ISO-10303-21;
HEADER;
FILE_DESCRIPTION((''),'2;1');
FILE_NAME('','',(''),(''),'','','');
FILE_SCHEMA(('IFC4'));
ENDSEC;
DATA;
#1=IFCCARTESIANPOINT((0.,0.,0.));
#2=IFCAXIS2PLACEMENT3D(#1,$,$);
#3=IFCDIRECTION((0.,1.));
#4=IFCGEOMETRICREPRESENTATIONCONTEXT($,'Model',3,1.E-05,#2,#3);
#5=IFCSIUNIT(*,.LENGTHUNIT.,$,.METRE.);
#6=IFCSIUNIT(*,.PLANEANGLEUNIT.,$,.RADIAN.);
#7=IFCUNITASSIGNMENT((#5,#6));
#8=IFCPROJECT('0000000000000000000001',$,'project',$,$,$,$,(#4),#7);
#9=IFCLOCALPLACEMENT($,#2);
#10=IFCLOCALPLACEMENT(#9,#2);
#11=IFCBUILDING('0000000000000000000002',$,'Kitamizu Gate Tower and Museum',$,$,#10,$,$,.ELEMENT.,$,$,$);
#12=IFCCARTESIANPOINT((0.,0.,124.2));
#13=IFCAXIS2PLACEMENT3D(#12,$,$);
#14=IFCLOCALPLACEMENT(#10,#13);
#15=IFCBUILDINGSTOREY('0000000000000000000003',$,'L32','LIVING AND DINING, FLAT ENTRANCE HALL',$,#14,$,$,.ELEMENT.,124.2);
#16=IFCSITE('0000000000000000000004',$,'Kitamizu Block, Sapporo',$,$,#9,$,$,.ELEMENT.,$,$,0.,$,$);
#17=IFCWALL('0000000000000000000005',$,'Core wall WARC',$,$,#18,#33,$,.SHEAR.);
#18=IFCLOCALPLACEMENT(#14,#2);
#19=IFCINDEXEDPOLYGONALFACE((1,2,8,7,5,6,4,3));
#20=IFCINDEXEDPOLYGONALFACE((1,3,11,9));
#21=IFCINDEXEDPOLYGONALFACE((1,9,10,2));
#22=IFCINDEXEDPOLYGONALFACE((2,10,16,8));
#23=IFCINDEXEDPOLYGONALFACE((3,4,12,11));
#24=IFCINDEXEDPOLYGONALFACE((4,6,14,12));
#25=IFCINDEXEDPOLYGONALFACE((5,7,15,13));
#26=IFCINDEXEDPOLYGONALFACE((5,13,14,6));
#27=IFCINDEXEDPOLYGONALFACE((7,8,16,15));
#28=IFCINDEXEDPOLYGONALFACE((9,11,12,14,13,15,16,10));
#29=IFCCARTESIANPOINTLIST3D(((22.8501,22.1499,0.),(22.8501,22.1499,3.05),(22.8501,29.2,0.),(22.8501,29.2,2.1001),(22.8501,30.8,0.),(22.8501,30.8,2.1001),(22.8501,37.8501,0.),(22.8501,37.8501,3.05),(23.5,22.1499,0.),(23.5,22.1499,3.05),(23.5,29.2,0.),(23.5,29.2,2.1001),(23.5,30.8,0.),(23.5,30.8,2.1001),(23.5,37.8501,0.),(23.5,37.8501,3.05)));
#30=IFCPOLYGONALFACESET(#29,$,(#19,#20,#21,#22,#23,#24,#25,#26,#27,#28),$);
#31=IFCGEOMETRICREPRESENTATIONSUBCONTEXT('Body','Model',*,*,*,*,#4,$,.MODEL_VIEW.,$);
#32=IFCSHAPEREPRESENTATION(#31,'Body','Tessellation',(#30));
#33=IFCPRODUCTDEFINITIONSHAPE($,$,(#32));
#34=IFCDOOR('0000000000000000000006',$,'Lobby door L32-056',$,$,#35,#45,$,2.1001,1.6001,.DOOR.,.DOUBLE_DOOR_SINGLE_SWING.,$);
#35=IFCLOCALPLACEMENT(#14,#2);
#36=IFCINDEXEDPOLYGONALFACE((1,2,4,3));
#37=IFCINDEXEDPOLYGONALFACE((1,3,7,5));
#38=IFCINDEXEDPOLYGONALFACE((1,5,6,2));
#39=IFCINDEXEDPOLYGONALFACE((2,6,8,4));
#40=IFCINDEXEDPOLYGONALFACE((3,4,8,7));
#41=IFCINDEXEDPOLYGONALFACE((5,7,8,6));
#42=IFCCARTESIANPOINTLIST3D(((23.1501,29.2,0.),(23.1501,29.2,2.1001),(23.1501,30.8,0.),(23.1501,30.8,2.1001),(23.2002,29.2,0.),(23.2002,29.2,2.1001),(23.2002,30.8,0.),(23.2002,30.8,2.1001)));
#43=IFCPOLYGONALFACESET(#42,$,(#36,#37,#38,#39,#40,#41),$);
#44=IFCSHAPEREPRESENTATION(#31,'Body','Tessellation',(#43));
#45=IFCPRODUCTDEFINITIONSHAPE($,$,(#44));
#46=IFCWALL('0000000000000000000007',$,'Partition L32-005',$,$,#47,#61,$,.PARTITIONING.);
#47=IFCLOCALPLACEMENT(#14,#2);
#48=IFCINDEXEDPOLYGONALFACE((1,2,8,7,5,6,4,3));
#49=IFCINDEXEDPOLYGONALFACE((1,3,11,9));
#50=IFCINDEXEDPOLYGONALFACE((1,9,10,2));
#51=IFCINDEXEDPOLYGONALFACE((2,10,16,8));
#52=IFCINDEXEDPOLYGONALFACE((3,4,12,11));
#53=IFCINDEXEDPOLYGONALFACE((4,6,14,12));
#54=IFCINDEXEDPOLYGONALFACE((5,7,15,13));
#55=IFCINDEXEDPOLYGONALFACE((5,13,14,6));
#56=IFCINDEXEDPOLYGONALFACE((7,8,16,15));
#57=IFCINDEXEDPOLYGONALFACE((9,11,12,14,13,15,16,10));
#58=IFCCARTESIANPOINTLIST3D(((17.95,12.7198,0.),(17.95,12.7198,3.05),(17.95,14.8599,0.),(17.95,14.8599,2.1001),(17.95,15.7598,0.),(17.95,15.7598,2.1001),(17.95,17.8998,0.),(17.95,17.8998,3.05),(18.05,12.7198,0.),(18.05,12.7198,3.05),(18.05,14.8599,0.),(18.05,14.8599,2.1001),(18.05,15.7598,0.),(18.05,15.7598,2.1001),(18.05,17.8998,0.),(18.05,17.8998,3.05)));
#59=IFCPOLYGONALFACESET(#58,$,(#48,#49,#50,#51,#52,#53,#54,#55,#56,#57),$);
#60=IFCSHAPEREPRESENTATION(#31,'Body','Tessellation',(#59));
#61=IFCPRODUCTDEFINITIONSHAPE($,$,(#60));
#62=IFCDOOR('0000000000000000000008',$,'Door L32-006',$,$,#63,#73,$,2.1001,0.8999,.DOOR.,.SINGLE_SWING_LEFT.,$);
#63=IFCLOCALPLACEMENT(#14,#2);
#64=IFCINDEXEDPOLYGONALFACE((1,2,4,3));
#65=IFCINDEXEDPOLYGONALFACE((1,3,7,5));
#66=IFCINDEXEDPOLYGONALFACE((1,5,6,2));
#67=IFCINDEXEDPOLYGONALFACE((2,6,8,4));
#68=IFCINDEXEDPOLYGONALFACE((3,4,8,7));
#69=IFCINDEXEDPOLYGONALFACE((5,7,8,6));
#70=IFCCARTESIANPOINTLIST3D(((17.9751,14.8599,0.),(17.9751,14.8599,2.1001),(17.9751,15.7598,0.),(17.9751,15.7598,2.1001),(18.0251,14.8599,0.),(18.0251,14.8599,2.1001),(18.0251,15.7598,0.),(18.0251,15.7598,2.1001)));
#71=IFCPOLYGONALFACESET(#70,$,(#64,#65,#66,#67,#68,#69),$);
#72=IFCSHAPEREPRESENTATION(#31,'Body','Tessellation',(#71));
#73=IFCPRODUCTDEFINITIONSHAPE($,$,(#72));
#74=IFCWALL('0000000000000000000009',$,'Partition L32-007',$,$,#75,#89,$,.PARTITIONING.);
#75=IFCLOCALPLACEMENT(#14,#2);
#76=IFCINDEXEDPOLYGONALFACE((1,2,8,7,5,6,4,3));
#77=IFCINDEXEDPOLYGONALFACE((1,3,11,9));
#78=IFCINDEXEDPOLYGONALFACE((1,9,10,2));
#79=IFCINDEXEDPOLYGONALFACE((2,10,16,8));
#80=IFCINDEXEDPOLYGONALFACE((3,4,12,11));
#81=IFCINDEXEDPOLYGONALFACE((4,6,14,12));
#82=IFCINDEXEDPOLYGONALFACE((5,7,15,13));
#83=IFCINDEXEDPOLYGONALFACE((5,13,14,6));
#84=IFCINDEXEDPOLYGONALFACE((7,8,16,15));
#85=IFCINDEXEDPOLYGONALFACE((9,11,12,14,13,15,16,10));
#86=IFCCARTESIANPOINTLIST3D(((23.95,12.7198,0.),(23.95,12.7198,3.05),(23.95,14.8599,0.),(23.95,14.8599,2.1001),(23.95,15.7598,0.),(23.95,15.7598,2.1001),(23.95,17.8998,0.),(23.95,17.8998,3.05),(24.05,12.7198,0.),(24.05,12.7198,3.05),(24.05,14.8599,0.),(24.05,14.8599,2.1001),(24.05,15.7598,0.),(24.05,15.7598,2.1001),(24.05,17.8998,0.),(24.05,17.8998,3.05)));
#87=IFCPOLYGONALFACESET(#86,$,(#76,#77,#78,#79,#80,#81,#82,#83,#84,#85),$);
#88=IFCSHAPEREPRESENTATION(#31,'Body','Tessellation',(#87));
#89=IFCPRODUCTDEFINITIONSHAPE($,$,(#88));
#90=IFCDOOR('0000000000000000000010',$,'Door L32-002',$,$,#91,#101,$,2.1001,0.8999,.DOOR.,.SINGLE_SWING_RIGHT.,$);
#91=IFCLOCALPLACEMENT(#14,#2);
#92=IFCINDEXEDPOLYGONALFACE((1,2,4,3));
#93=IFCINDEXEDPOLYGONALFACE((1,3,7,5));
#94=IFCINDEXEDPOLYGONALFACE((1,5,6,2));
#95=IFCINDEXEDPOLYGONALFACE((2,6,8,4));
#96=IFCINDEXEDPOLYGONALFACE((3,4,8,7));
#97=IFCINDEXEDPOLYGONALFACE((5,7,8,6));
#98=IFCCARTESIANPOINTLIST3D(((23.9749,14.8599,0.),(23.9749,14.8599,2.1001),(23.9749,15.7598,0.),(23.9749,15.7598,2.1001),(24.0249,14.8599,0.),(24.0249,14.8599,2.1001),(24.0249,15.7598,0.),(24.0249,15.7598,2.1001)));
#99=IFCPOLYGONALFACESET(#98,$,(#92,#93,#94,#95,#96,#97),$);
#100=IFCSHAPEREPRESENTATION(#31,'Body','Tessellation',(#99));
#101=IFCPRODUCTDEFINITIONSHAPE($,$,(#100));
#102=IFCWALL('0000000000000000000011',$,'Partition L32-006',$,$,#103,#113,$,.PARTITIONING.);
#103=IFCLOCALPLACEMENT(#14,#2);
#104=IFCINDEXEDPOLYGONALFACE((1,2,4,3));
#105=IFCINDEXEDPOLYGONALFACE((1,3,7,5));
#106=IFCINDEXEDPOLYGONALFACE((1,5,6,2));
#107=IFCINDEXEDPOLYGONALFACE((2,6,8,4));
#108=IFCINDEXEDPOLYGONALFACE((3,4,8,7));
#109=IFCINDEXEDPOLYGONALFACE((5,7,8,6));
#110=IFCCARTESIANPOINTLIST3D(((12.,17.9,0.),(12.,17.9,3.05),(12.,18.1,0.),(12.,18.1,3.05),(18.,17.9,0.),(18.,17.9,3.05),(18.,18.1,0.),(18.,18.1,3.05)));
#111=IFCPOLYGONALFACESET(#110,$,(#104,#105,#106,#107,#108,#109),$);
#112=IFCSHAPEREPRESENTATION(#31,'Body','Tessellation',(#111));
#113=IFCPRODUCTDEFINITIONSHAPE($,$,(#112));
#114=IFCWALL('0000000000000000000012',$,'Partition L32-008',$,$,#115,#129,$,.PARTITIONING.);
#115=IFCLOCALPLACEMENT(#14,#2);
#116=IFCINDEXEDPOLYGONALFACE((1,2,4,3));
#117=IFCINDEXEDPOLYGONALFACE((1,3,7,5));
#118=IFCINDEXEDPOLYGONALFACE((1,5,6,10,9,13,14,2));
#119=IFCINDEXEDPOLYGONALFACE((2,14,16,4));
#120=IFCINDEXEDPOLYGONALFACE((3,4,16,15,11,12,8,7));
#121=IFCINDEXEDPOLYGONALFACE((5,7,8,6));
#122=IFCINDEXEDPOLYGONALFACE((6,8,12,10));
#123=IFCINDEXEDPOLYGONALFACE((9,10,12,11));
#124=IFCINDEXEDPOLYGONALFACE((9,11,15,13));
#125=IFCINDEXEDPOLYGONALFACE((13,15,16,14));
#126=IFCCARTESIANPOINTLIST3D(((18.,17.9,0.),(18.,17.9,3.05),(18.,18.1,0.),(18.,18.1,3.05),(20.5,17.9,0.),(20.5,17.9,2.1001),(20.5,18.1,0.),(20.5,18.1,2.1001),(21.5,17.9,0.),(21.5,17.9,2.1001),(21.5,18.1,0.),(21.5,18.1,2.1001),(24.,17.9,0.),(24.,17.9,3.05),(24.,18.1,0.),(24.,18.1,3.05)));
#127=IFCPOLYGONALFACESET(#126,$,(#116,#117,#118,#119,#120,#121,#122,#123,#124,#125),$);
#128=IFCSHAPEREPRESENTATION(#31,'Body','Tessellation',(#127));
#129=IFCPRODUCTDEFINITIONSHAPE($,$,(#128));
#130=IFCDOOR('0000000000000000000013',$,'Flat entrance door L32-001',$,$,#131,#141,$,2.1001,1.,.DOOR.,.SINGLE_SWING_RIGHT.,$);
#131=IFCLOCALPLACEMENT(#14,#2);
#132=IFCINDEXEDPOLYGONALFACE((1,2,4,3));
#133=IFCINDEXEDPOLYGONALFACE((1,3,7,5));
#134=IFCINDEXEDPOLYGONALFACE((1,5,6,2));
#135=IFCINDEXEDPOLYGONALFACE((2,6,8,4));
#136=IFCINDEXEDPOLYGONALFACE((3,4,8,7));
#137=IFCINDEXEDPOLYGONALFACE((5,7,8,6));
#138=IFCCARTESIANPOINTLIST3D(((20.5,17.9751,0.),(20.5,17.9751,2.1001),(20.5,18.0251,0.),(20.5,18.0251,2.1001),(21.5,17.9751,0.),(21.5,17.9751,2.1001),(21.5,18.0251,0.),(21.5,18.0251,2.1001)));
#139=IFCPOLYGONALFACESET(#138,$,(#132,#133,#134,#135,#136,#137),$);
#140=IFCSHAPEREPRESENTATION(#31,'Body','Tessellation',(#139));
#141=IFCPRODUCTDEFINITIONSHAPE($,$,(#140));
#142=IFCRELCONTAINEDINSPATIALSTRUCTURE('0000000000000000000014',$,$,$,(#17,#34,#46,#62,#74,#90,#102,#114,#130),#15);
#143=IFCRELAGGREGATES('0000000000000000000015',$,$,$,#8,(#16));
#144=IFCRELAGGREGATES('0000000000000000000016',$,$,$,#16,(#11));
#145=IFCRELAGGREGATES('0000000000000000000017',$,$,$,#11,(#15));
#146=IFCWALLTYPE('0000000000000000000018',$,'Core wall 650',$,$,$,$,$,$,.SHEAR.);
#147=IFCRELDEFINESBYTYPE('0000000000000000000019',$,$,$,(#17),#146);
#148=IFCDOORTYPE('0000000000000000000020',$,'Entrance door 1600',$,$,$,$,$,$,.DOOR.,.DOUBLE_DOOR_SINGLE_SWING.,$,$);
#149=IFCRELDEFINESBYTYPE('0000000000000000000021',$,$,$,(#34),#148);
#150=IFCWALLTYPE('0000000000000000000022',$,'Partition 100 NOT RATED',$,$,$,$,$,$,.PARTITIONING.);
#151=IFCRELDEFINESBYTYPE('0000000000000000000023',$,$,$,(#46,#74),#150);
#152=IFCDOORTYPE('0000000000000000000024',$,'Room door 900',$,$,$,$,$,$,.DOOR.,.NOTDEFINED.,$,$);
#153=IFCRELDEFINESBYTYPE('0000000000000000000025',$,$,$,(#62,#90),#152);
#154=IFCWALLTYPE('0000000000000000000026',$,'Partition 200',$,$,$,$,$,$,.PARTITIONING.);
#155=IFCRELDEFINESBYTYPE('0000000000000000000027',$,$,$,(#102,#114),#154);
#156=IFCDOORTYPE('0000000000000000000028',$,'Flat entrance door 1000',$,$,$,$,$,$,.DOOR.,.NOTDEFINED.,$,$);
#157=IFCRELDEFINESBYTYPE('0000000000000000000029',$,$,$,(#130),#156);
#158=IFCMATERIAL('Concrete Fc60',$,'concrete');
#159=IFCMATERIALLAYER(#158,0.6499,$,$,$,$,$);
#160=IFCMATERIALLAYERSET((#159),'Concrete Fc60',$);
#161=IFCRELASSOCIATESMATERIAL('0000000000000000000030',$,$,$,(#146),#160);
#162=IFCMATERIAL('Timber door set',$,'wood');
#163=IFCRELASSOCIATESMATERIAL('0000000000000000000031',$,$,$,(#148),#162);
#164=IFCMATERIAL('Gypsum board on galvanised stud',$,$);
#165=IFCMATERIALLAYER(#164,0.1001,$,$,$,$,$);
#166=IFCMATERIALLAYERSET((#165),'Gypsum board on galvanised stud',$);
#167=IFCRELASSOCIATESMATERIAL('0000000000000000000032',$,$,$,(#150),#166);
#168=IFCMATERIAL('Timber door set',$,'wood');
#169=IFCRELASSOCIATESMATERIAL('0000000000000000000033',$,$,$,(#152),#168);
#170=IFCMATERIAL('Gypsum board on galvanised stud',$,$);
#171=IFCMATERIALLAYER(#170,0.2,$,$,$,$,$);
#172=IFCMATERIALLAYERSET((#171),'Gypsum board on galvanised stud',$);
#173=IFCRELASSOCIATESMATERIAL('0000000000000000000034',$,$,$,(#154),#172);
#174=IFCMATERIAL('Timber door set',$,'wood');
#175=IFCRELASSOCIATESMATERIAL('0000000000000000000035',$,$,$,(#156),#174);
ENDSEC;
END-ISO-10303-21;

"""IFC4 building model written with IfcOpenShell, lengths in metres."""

from ifc_helpers import new_model, si_unit, direction, frame, frame_2d, origin, place, context, subcontext, project, spatial, rectangle, extrude, material, layer, layer_set, type_object, element, fill, save


model = new_model("IFC4")

# Units and contexts
model_context = context("Model", 3, precision=1e-05, world=origin(), true_north=direction((0.0, 1.0)))
body_context = subcontext(model_context, "Body", "Model", "MODEL_VIEW")
ifc_project = project(units=[si_unit("LENGTHUNIT", "METRE"), si_unit("PLANEANGLEUNIT", "RADIAN")], contexts=[model_context])

# Site, building, storey
site_placement = place(None, origin())
site = spatial("IfcSite", under=ifc_project, at=site_placement, Name="Kitamizu Block, Sapporo", CompositionType="ELEMENT", RefElevation=0.0)
building_placement = place(site_placement, origin())
building = spatial("IfcBuilding", under=site, at=building_placement, Name="Kitamizu Gate Tower and Museum", CompositionType="ELEMENT")
storey_placement = place(building_placement, frame((0.0, 0.0, 124.2)))
storey = spatial("IfcBuildingStorey", under=building, at=storey_placement, Name="L32", Description="LIVING AND DINING, FLAT ENTRANCE HALL", CompositionType="ELEMENT", Elevation=124.2)

# Shared definitions
ifc_material_1 = material(Name="Concrete Fc60", Category="concrete")
ifc_layer_1 = layer(ifc_material_1, 0.6499)
ifc_layer_set_1 = layer_set([ifc_layer_1], Name="Concrete Fc60")
wall_type_1 = type_object("IfcWallType", Name="Core wall 650", PredefinedType="SHEAR", material=ifc_layer_set_1)

# Shared definitions
ifc_material_2 = material(Name="Timber door set", Category="wood")
door_type_1 = type_object("IfcDoorType", Name="Entrance door 1600", OperationType="DOUBLE_DOOR_SINGLE_SWING", PredefinedType="DOOR", material=ifc_material_2)

# Walls, openings, doors
wall_1_placement = place(storey_placement, frame((23.175, 22.1499, 0.0), z_axis=(0.0, 0.0, 1.0), x_axis=(0.0, 1.0, 0.0)))
wall_1 = element("IfcWall", 1, at=wall_1_placement, inside=storey, type_object=wall_type_1, Name="Core wall WARC", PredefinedType="SHEAR", context=body_context, shape_type="SweptSolid", body=[
    extrude(rectangle(XDim=15.7002, YDim=0.6499, at=frame_2d((7.8501, 0.0))), origin(), (0.0, 0.0, 1.0), 3.05),
])
opening_1_placement = place(wall_1_placement, frame((7.05, 0.0, 0.0)))
opening_1 = element("IfcOpeningElement", 2, at=opening_1_placement, cuts=wall_1, PredefinedType="OPENING", context=body_context, shape_type="SweptSolid", body=[
    extrude(rectangle(XDim=1.6001, YDim=2.1001, at=frame_2d((0.8, 1.05))), frame((0.0, 0.335, 0.0), z_axis=(0.0, -1.0, 0.0), x_axis=(1.0, 0.0, 0.0)), (0.0, 0.0, 1.0), 0.6699),
])
door_1_placement = place(opening_1_placement, origin())
door_1 = element("IfcDoor", 3, at=door_1_placement, inside=storey, type_object=door_type_1, Name="Lobby door L32-056", OperationType="DOUBLE_DOOR_SINGLE_SWING", OverallHeight=2.1001, OverallWidth=1.6001, PredefinedType="DOOR", context=body_context, shape_type="SweptSolid", body=[
    extrude(rectangle(XDim=1.6001, YDim=2.1001, at=frame_2d((0.8, 1.05))), frame((0.0, 0.0249, 0.0), z_axis=(0.0, -1.0, 0.0), x_axis=(1.0, 0.0, 0.0)), (0.0, 0.0, 1.0), 0.05),
])
fill(opening_1, door_1)
ifc_material_3 = material(Name="Gypsum board on galvanised stud")
ifc_layer_2 = layer(ifc_material_3, 0.1001)
ifc_layer_set_2 = layer_set([ifc_layer_2], Name="Gypsum board on galvanised stud")
wall_type_2 = type_object("IfcWallType", Name="Partition 100 NOT RATED", PredefinedType="PARTITIONING", material=ifc_layer_set_2)
wall_2_placement = place(storey_placement, frame((18.0, 12.72, 0.0), z_axis=(0.0, 0.0, 1.0), x_axis=(0.0, 1.0, 0.0)))
wall_2 = element("IfcWall", 4, at=wall_2_placement, inside=storey, type_object=wall_type_2, Name="Partition L32-005", PredefinedType="PARTITIONING", context=body_context, shape_type="SweptSolid", body=[
    extrude(rectangle(XDim=5.1799, YDim=0.1001, at=frame_2d((2.5898, 0.0))), origin(), (0.0, 0.0, 1.0), 3.05),
])
opening_2_placement = place(wall_2_placement, frame((2.1399, 0.0, 0.0)))
opening_2 = element("IfcOpeningElement", 5, at=opening_2_placement, cuts=wall_2, PredefinedType="OPENING", context=body_context, shape_type="SweptSolid", body=[
    extrude(rectangle(XDim=0.8999, YDim=2.1001, at=frame_2d((0.45, 1.05))), frame((0.0, 0.0601, 0.0), z_axis=(0.0, -1.0, 0.0), x_axis=(1.0, 0.0, 0.0)), (0.0, 0.0, 1.0), 0.1201),
])
ifc_material_4 = material(Name="Timber door set", Category="wood")
door_type_2 = type_object("IfcDoorType", Name="Room door 900", OperationType="NOTDEFINED", PredefinedType="DOOR", material=ifc_material_4)
door_2_placement = place(opening_2_placement, origin())
door_2 = element("IfcDoor", 6, at=door_2_placement, inside=storey, type_object=door_type_2, Name="Door L32-006", OperationType="SINGLE_SWING_LEFT", OverallHeight=2.1001, OverallWidth=0.8999, PredefinedType="DOOR", context=body_context, shape_type="SweptSolid", body=[
    extrude(rectangle(XDim=0.8999, YDim=2.1001, at=frame_2d((0.45, 1.05))), frame((0.0, 0.0249, 0.0), z_axis=(0.0, -1.0, 0.0), x_axis=(1.0, 0.0, 0.0)), (0.0, 0.0, 1.0), 0.05),
])
fill(opening_2, door_2)
wall_3_placement = place(storey_placement, frame((24.0, 12.72, 0.0), z_axis=(0.0, 0.0, 1.0), x_axis=(0.0, 1.0, 0.0)))
wall_3 = element("IfcWall", 7, at=wall_3_placement, inside=storey, type_object=wall_type_2, Name="Partition L32-007", PredefinedType="PARTITIONING", context=body_context, shape_type="SweptSolid", body=[
    extrude(rectangle(XDim=5.1799, YDim=0.1001, at=frame_2d((2.5898, 0.0))), origin(), (0.0, 0.0, 1.0), 3.05),
])
opening_3_placement = place(wall_3_placement, frame((2.1399, 0.0, 0.0)))
opening_3 = element("IfcOpeningElement", 8, at=opening_3_placement, cuts=wall_3, PredefinedType="OPENING", context=body_context, shape_type="SweptSolid", body=[
    extrude(rectangle(XDim=0.8999, YDim=2.1001, at=frame_2d((0.45, 1.05))), frame((0.0, 0.0601, 0.0), z_axis=(0.0, -1.0, 0.0), x_axis=(1.0, 0.0, 0.0)), (0.0, 0.0, 1.0), 0.1201),
])
door_3_placement = place(opening_3_placement, frame((0.8999, 0.0, 0.0), x_axis=(-1.0, 0.0, 0.0)))
door_3 = element("IfcDoor", 9, at=door_3_placement, inside=storey, type_object=door_type_2, Name="Door L32-002", OperationType="SINGLE_SWING_RIGHT", OverallHeight=2.1001, OverallWidth=0.8999, PredefinedType="DOOR", context=body_context, shape_type="SweptSolid", body=[
    extrude(rectangle(XDim=0.8999, YDim=2.1001, at=frame_2d((0.45, 1.05))), frame((0.0, 0.0249, 0.0), z_axis=(0.0, -1.0, 0.0), x_axis=(1.0, 0.0, 0.0)), (0.0, 0.0, 1.0), 0.05),
])
fill(opening_3, door_3)

# Wall
ifc_material_5 = material(Name="Gypsum board on galvanised stud")
ifc_layer_3 = layer(ifc_material_5, 0.2)
ifc_layer_set_3 = layer_set([ifc_layer_3], Name="Gypsum board on galvanised stud")
wall_type_3 = type_object("IfcWallType", Name="Partition 200", PredefinedType="PARTITIONING", material=ifc_layer_set_3)
wall_4_placement = place(storey_placement, frame((18.0, 18.0, 0.0), z_axis=(0.0, 0.0, 1.0), x_axis=(-1.0, 0.0, 0.0)))
element("IfcWall", 10, at=wall_4_placement, inside=storey, type_object=wall_type_3, Name="Partition L32-006", PredefinedType="PARTITIONING", context=body_context, shape_type="SweptSolid", body=[
    extrude(rectangle(XDim=6.0, YDim=0.2, at=frame_2d((3.0, 0.0))), origin(), (0.0, 0.0, 1.0), 3.05),
])

# Wall, opening, door
wall_5_placement = place(storey_placement, frame((24.0, 18.0, 0.0), z_axis=(0.0, 0.0, 1.0), x_axis=(-1.0, 0.0, 0.0)))
wall_5 = element("IfcWall", 11, at=wall_5_placement, inside=storey, type_object=wall_type_3, Name="Partition L32-008", PredefinedType="PARTITIONING", context=body_context, shape_type="SweptSolid", body=[
    extrude(rectangle(XDim=6.0, YDim=0.2, at=frame_2d((3.0, 0.0))), origin(), (0.0, 0.0, 1.0), 3.05),
])
opening_4_placement = place(wall_5_placement, frame((2.5, 0.0, 0.0)))
opening_4 = element("IfcOpeningElement", 12, at=opening_4_placement, cuts=wall_5, PredefinedType="OPENING", context=body_context, shape_type="SweptSolid", body=[
    extrude(rectangle(XDim=1.0, YDim=2.1001, at=frame_2d((0.5, 1.05))), frame((0.0, 0.1099, 0.0), z_axis=(0.0, -1.0, 0.0), x_axis=(1.0, 0.0, 0.0)), (0.0, 0.0, 1.0), 0.22),
])
ifc_material_6 = material(Name="Timber door set", Category="wood")
door_type_3 = type_object("IfcDoorType", Name="Flat entrance door 1000", OperationType="NOTDEFINED", PredefinedType="DOOR", material=ifc_material_6)
door_4_placement = place(opening_4_placement, origin())
door_4 = element("IfcDoor", 13, at=door_4_placement, inside=storey, type_object=door_type_3, Name="Flat entrance door L32-001", OperationType="SINGLE_SWING_RIGHT", OverallHeight=2.1001, OverallWidth=1.0, PredefinedType="DOOR", context=body_context, shape_type="SweptSolid", body=[
    extrude(rectangle(XDim=1.0, YDim=2.1001, at=frame_2d((0.5, 1.05))), frame((0.0, 0.0249, 0.0), z_axis=(0.0, -1.0, 0.0), x_axis=(1.0, 0.0, 0.0)), (0.0, 0.0, 1.0), 0.05),
])
fill(opening_4, door_4)

save(model, "model.ifc")
